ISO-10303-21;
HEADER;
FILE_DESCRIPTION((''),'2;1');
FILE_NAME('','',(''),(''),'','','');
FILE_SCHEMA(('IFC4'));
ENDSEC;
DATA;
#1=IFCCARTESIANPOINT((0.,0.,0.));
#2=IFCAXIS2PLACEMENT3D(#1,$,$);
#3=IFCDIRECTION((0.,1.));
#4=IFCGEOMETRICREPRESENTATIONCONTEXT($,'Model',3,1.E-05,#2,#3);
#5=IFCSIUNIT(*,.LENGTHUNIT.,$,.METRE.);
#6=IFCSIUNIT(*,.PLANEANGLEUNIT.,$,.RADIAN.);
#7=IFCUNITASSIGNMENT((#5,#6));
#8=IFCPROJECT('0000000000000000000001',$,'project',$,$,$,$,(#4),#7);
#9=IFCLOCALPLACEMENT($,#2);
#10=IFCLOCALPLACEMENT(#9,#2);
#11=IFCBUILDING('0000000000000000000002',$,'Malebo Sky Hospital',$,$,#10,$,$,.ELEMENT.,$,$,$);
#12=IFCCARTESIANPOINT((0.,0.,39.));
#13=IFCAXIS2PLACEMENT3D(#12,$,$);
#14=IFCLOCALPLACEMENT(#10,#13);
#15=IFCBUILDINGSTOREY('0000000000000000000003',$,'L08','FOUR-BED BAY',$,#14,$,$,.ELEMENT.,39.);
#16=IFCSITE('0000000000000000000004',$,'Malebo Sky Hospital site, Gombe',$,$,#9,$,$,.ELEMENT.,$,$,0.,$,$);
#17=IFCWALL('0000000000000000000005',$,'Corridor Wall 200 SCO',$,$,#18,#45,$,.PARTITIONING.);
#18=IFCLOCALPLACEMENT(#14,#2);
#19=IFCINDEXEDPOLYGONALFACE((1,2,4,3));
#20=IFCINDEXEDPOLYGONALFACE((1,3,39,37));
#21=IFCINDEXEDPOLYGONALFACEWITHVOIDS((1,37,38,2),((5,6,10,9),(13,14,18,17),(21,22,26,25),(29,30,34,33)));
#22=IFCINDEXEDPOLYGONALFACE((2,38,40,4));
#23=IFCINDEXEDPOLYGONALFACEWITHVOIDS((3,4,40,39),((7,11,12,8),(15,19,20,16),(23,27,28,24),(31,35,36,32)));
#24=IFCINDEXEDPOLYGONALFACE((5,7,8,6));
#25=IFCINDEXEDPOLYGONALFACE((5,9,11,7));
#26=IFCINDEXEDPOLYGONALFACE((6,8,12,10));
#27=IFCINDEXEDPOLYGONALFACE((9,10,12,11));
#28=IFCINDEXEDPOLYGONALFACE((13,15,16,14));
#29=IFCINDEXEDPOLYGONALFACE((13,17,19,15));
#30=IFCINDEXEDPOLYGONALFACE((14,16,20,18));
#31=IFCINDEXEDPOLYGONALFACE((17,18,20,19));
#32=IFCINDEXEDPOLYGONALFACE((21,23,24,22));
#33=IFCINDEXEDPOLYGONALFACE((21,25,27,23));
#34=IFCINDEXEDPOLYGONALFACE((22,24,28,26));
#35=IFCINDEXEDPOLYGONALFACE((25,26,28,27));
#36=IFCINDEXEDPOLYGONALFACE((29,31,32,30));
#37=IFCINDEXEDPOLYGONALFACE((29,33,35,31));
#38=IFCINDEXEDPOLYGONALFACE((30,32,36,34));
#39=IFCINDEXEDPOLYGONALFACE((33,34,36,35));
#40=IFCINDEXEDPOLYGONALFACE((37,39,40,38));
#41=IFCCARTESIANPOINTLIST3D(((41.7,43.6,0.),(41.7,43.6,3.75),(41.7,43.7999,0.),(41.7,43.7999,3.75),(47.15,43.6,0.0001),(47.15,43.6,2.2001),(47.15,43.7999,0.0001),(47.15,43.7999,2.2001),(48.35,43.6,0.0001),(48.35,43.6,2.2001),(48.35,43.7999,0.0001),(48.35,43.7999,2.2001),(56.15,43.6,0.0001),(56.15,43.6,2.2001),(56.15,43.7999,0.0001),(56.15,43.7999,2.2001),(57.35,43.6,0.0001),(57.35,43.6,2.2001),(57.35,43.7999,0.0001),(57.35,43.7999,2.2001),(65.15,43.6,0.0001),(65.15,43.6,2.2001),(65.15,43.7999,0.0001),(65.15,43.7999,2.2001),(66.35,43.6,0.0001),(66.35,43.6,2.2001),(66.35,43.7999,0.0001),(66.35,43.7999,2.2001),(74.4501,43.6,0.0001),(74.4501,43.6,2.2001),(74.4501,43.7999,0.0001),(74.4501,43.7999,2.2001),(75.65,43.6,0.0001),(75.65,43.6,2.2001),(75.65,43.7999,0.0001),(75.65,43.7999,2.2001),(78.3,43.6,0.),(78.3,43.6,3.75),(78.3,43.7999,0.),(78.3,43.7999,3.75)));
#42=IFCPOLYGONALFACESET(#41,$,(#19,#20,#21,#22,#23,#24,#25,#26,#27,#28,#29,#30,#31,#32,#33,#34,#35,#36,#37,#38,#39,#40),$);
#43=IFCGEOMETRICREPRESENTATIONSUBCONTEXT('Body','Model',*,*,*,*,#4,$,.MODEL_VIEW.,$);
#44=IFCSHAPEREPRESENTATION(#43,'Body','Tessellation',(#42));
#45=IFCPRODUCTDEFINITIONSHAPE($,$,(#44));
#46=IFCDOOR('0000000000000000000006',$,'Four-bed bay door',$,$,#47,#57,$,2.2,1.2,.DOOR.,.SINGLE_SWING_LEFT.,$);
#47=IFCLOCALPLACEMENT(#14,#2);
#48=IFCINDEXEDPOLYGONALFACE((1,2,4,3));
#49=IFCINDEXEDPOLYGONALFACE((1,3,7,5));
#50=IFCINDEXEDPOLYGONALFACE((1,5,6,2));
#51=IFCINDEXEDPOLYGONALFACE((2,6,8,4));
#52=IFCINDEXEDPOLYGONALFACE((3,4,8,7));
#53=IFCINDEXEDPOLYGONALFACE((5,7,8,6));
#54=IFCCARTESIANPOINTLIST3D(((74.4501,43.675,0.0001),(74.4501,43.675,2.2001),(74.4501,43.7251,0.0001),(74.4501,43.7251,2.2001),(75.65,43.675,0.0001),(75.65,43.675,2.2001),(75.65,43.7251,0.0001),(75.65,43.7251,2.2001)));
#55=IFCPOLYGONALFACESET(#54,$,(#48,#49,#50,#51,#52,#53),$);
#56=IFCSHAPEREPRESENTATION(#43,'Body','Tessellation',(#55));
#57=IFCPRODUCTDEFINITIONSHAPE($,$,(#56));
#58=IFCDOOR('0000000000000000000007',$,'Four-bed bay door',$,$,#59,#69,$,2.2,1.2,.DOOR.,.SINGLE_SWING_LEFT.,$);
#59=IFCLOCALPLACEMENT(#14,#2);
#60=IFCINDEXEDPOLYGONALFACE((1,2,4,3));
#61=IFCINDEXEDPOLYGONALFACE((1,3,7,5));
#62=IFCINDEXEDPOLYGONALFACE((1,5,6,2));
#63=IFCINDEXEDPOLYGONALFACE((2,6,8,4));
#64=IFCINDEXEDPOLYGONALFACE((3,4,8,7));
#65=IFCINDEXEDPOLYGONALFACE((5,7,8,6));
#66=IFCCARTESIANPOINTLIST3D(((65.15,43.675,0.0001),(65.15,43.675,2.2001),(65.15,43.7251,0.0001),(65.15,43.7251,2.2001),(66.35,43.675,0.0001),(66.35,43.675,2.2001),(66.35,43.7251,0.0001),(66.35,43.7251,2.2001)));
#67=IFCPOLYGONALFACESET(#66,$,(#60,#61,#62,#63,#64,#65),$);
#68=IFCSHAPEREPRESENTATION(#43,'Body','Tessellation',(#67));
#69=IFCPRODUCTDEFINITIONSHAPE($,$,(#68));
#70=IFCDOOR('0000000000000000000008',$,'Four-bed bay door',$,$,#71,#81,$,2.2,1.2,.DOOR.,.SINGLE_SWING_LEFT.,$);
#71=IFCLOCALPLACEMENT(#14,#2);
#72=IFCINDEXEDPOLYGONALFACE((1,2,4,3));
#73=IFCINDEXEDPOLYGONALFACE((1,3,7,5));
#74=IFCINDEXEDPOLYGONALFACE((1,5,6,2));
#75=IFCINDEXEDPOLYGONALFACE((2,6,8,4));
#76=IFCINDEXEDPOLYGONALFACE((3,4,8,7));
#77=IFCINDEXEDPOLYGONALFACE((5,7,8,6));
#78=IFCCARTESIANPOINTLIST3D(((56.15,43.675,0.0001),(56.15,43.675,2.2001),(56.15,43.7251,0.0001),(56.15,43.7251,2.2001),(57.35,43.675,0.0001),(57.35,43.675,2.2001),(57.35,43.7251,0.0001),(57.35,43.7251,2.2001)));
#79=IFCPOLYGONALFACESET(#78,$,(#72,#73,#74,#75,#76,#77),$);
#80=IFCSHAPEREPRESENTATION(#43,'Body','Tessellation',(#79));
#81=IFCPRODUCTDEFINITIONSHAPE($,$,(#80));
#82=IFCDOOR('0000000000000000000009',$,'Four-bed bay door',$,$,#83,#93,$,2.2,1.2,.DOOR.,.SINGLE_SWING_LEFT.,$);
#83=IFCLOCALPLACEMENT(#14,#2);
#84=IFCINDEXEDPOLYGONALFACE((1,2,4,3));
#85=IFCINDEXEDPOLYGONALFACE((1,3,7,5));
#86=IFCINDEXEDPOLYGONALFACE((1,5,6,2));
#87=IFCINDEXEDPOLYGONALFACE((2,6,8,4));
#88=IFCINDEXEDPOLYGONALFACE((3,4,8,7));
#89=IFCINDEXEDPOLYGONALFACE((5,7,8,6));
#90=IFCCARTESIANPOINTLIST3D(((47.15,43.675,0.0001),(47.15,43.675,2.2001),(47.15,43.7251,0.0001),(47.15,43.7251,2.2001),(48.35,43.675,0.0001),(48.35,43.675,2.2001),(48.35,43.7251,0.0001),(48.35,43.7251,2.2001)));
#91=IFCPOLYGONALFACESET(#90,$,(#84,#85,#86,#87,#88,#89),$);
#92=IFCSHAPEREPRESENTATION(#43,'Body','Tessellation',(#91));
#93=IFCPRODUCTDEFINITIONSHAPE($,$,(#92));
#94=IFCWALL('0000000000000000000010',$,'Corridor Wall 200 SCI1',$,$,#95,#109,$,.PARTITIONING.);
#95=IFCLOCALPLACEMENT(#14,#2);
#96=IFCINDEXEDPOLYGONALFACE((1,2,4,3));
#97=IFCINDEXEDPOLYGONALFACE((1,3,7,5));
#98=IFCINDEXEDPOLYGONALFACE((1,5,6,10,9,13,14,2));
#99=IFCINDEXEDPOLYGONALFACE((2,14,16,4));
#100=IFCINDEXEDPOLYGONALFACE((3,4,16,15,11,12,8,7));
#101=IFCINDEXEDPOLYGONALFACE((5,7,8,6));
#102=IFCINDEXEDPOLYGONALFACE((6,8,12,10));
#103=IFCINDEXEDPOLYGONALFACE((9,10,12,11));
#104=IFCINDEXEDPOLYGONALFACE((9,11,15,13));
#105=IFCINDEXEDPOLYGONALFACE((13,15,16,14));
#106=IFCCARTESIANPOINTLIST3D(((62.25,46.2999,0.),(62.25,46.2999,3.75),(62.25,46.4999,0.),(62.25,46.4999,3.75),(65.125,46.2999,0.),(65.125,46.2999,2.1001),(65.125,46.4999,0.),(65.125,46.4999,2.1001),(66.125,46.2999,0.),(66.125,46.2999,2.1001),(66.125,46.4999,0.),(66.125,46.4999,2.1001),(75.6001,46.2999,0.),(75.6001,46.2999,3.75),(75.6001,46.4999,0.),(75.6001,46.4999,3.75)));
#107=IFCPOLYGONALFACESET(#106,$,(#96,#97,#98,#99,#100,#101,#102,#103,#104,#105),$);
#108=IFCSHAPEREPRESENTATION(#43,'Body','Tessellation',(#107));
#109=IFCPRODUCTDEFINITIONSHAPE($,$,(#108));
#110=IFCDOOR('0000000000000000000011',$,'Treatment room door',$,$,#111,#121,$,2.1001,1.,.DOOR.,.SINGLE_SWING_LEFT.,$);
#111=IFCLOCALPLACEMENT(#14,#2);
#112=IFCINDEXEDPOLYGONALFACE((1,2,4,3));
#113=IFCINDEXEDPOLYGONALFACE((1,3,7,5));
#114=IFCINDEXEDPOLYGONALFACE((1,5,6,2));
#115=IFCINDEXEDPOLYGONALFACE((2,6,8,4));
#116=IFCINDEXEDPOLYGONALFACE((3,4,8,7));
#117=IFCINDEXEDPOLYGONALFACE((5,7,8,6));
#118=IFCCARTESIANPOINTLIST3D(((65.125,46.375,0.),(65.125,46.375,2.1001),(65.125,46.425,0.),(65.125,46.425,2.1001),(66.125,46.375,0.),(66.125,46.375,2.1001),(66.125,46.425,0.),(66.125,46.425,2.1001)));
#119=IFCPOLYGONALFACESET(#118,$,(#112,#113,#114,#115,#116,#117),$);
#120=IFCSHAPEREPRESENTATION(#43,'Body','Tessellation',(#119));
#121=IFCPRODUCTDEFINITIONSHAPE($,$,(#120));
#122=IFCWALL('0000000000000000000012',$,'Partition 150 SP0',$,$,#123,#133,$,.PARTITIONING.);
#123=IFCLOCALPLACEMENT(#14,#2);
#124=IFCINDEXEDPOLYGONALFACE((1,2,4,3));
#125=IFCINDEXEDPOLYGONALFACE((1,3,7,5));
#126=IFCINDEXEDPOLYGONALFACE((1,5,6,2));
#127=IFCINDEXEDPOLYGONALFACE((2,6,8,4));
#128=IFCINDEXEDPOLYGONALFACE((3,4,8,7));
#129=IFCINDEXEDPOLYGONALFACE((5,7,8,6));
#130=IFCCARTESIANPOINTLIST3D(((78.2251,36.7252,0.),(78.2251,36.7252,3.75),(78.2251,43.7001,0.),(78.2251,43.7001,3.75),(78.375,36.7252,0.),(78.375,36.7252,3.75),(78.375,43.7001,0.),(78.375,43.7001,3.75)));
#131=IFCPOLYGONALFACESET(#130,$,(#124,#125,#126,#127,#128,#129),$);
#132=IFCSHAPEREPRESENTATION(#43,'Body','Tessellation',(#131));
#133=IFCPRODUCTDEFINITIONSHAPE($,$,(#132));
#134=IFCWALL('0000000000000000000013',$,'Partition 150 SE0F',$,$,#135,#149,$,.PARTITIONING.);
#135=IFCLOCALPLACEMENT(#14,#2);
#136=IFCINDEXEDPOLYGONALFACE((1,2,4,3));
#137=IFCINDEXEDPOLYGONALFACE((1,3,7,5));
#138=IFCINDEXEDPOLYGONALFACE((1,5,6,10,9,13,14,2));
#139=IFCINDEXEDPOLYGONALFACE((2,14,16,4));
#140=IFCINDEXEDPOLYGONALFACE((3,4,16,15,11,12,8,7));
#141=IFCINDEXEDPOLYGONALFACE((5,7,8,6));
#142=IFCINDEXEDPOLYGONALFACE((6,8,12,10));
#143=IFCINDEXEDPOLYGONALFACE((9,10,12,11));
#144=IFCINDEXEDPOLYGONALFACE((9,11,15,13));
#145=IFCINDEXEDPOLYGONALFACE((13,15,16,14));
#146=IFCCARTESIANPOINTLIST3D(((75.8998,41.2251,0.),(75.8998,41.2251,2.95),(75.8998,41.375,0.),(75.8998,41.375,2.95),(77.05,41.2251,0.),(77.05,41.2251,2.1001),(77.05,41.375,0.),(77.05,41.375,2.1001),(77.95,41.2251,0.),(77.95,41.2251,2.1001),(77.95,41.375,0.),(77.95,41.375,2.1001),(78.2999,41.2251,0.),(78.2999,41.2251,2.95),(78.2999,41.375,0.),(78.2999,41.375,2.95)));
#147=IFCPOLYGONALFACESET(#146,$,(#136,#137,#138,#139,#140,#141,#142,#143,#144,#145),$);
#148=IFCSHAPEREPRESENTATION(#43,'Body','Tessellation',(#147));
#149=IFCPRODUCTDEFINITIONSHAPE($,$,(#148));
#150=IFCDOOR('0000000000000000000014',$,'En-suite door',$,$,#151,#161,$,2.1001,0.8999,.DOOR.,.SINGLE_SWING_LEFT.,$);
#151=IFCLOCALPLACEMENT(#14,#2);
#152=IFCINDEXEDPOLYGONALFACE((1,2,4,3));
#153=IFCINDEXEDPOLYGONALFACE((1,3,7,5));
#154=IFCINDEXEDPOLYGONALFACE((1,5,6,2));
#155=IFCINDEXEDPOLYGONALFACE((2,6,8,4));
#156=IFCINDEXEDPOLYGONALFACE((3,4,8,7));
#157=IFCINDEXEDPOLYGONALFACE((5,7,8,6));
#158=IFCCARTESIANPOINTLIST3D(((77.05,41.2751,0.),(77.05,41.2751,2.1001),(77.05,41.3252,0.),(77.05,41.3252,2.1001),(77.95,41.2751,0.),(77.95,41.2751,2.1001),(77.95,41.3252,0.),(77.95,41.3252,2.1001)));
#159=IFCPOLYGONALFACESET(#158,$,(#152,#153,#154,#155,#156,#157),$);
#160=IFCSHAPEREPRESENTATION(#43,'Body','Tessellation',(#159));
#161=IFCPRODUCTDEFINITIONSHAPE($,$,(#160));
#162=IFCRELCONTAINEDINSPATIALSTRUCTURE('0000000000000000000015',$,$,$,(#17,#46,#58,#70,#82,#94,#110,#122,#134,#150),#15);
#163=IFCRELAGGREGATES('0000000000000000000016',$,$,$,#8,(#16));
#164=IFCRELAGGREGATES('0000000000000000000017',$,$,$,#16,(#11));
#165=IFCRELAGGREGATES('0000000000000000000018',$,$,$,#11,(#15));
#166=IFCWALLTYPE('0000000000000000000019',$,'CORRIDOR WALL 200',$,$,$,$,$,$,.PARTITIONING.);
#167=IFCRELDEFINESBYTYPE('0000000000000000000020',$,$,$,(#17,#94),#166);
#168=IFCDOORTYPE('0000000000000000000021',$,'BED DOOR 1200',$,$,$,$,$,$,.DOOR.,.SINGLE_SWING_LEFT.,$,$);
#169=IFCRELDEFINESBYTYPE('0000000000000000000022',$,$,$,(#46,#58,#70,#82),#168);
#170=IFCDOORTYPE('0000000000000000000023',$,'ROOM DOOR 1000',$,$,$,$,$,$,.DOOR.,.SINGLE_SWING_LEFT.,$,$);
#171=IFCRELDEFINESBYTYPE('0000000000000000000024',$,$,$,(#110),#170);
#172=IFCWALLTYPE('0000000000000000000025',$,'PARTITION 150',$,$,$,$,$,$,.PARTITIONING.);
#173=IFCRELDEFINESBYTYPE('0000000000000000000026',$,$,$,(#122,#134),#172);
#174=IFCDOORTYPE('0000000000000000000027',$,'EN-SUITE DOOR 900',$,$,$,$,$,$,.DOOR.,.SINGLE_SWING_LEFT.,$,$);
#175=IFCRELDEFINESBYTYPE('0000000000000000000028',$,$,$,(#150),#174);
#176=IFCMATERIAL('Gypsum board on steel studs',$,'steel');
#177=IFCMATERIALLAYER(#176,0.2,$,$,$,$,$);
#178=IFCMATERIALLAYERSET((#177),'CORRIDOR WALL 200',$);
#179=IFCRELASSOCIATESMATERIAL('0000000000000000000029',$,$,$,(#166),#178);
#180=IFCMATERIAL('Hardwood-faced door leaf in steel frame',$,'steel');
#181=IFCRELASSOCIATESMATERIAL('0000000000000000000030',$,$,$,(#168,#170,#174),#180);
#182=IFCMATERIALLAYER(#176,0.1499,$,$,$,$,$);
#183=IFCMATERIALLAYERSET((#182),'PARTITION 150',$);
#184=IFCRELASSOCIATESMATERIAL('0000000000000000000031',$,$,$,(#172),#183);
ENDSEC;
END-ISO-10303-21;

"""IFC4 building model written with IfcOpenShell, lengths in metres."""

from ifc_helpers import new_model, si_unit, direction, frame, frame_2d, origin, place, context, subcontext, project, spatial, rectangle, extrude, material, layer, layer_set, type_object, element, fill, save


model = new_model("IFC4")

# Units and contexts
model_context = context("Model", 3, precision=1e-05, world=origin(), true_north=direction((0.0, 1.0)))
body_context = subcontext(model_context, "Body", "Model", "MODEL_VIEW")
ifc_project = project(units=[si_unit("LENGTHUNIT", "METRE"), si_unit("PLANEANGLEUNIT", "RADIAN")], contexts=[model_context])

# Site, building, storey
site_placement = place(None, origin())
site = spatial("IfcSite", under=ifc_project, at=site_placement, Name="Malebo Sky Hospital site, Gombe", CompositionType="ELEMENT", RefElevation=0.0)
building_placement = place(site_placement, origin())
building = spatial("IfcBuilding", under=site, at=building_placement, Name="Malebo Sky Hospital", CompositionType="ELEMENT")
storey_placement = place(building_placement, frame((0.0, 0.0, 39.0)))
storey = spatial("IfcBuildingStorey", under=building, at=storey_placement, Name="L08", Description="FOUR-BED BAY", CompositionType="ELEMENT", Elevation=39.0)

# Wall, openings, doors
ifc_material_1 = material(Name="Gypsum board on steel studs", Category="steel")
ifc_layer_1 = layer(ifc_material_1, 0.2)
ifc_layer_set_1 = layer_set([ifc_layer_1], Name="CORRIDOR WALL 200")
wall_type_1 = type_object("IfcWallType", Name="CORRIDOR WALL 200", PredefinedType="PARTITIONING", material=ifc_layer_set_1)
wall_1_placement = place(storey_placement, frame((78.3, 43.7, 0.0), z_axis=(0.0, 0.0, 1.0), x_axis=(-1.0, 0.0, 0.0)))
wall_1 = element("IfcWall", 1, at=wall_1_placement, inside=storey, type_object=wall_type_1, Name="Corridor Wall 200 SCO", PredefinedType="PARTITIONING", context=body_context, shape_type="SweptSolid", body=[
    extrude(rectangle(XDim=36.6001, YDim=0.2, at=frame_2d((18.3, 0.0))), origin(), (0.0, 0.0, 1.0), 3.75),
])
opening_1_placement = place(wall_1_placement, frame((2.6499, 0.0, 0.0)))
opening_1 = element("IfcOpeningElement", 2, at=opening_1_placement, cuts=wall_1, PredefinedType="OPENING", context=body_context, shape_type="SweptSolid", body=[
    extrude(rectangle(XDim=1.2, YDim=2.2, at=frame_2d((0.6001, 1.1001))), frame((0.0, 0.1099, 0.0), z_axis=(0.0, -1.0, 0.0), x_axis=(1.0, 0.0, 0.0)), (0.0, 0.0, 1.0), 0.22),
])
opening_2_placement = place(wall_1_placement, frame((11.95, 0.0, 0.0)))
opening_2 = element("IfcOpeningElement", 3, at=opening_2_placement, cuts=wall_1, PredefinedType="OPENING", context=body_context, shape_type="SweptSolid", body=[
    extrude(rectangle(XDim=1.2, YDim=2.2, at=frame_2d((0.6001, 1.1001))), frame((0.0, 0.1099, 0.0), z_axis=(0.0, -1.0, 0.0), x_axis=(1.0, 0.0, 0.0)), (0.0, 0.0, 1.0), 0.22),
])
opening_3_placement = place(wall_1_placement, frame((20.95, 0.0, 0.0)))
opening_3 = element("IfcOpeningElement", 4, at=opening_3_placement, cuts=wall_1, PredefinedType="OPENING", context=body_context, shape_type="SweptSolid", body=[
    extrude(rectangle(XDim=1.2, YDim=2.2, at=frame_2d((0.6001, 1.1001))), frame((0.0, 0.1099, 0.0), z_axis=(0.0, -1.0, 0.0), x_axis=(1.0, 0.0, 0.0)), (0.0, 0.0, 1.0), 0.22),
])
opening_4_placement = place(wall_1_placement, frame((29.95, 0.0, 0.0)))
opening_4 = element("IfcOpeningElement", 5, at=opening_4_placement, cuts=wall_1, PredefinedType="OPENING", context=body_context, shape_type="SweptSolid", body=[
    extrude(rectangle(XDim=1.2, YDim=2.2, at=frame_2d((0.6001, 1.1001))), frame((0.0, 0.1099, 0.0), z_axis=(0.0, -1.0, 0.0), x_axis=(1.0, 0.0, 0.0)), (0.0, 0.0, 1.0), 0.22),
])
ifc_material_2 = material(Name="Hardwood-faced door leaf in steel frame", Category="steel")
door_type_1 = type_object("IfcDoorType", Name="BED DOOR 1200", OperationType="SINGLE_SWING_LEFT", PredefinedType="DOOR", material=ifc_material_2)
door_1_placement = place(opening_1_placement, origin())
door_1 = element("IfcDoor", 6, at=door_1_placement, inside=storey, type_object=door_type_1, Name="Four-bed bay door", OperationType="SINGLE_SWING_LEFT", OverallHeight=2.2, OverallWidth=1.2, PredefinedType="DOOR", context=body_context, shape_type="SweptSolid", body=[
    extrude(rectangle(XDim=1.2, YDim=2.2, at=frame_2d((0.6001, 1.1001))), frame((0.0, 0.0249, 0.0), z_axis=(0.0, -1.0, 0.0), x_axis=(1.0, 0.0, 0.0)), (0.0, 0.0, 1.0), 0.05),
])
fill(opening_1, door_1)
door_2_placement = place(opening_2_placement, origin())
door_2 = element("IfcDoor", 7, at=door_2_placement, inside=storey, type_object=door_type_1, Name="Four-bed bay door", OperationType="SINGLE_SWING_LEFT", OverallHeight=2.2, OverallWidth=1.2, PredefinedType="DOOR", context=body_context, shape_type="SweptSolid", body=[
    extrude(rectangle(XDim=1.2, YDim=2.2, at=frame_2d((0.6001, 1.1001))), frame((0.0, 0.0249, 0.0), z_axis=(0.0, -1.0, 0.0), x_axis=(1.0, 0.0, 0.0)), (0.0, 0.0, 1.0), 0.05),
])
fill(opening_2, door_2)
door_3_placement = place(opening_3_placement, origin())
door_3 = element("IfcDoor", 8, at=door_3_placement, inside=storey, type_object=door_type_1, Name="Four-bed bay door", OperationType="SINGLE_SWING_LEFT", OverallHeight=2.2, OverallWidth=1.2, PredefinedType="DOOR", context=body_context, shape_type="SweptSolid", body=[
    extrude(rectangle(XDim=1.2, YDim=2.2, at=frame_2d((0.6001, 1.1001))), frame((0.0, 0.0249, 0.0), z_axis=(0.0, -1.0, 0.0), x_axis=(1.0, 0.0, 0.0)), (0.0, 0.0, 1.0), 0.05),
])
fill(opening_3, door_3)
door_4_placement = place(opening_4_placement, origin())
door_4 = element("IfcDoor", 9, at=door_4_placement, inside=storey, type_object=door_type_1, Name="Four-bed bay door", OperationType="SINGLE_SWING_LEFT", OverallHeight=2.2, OverallWidth=1.2, PredefinedType="DOOR", context=body_context, shape_type="SweptSolid", body=[
    extrude(rectangle(XDim=1.2, YDim=2.2, at=frame_2d((0.6001, 1.1001))), frame((0.0, 0.0249, 0.0), z_axis=(0.0, -1.0, 0.0), x_axis=(1.0, 0.0, 0.0)), (0.0, 0.0, 1.0), 0.05),
])
fill(opening_4, door_4)

# Wall, opening, door
wall_2_placement = place(storey_placement, frame((75.6001, 46.3999, 0.0), z_axis=(0.0, 0.0, 1.0), x_axis=(-1.0, 0.0, 0.0)))
wall_2 = element("IfcWall", 10, at=wall_2_placement, inside=storey, type_object=wall_type_1, Name="Corridor Wall 200 SCI1", PredefinedType="PARTITIONING", context=body_context, shape_type="SweptSolid", body=[
    extrude(rectangle(XDim=13.3501, YDim=0.2, at=frame_2d((6.675, 0.0))), origin(), (0.0, 0.0, 1.0), 3.75),
])
opening_5_placement = place(wall_2_placement, frame((9.4751, 0.0, 0.0)))
opening_5 = element("IfcOpeningElement", 11, at=opening_5_placement, cuts=wall_2, PredefinedType="OPENING", context=body_context, shape_type="SweptSolid", body=[
    extrude(rectangle(XDim=1.0, YDim=2.1001, at=frame_2d((0.5, 1.05))), frame((0.0, 0.1099, 0.0), z_axis=(0.0, -1.0, 0.0), x_axis=(1.0, 0.0, 0.0)), (0.0, 0.0, 1.0), 0.22),
])
door_type_2 = type_object("IfcDoorType", Name="ROOM DOOR 1000", OperationType="SINGLE_SWING_LEFT", PredefinedType="DOOR", material=ifc_material_2)
door_5_placement = place(opening_5_placement, origin())
door_5 = element("IfcDoor", 12, at=door_5_placement, inside=storey, type_object=door_type_2, Name="Treatment room door", OperationType="SINGLE_SWING_LEFT", OverallHeight=2.1001, OverallWidth=1.0, PredefinedType="DOOR", context=body_context, shape_type="SweptSolid", body=[
    extrude(rectangle(XDim=1.0, YDim=2.1001, at=frame_2d((0.5, 1.05))), frame((0.0, 0.0249, 0.0), z_axis=(0.0, -1.0, 0.0), x_axis=(1.0, 0.0, 0.0)), (0.0, 0.0, 1.0), 0.05),
])
fill(opening_5, door_5)

# Wall
ifc_layer_2 = layer(ifc_material_1, 0.1499)
ifc_layer_set_2 = layer_set([ifc_layer_2], Name="PARTITION 150")
wall_type_2 = type_object("IfcWallType", Name="PARTITION 150", PredefinedType="PARTITIONING", material=ifc_layer_set_2)
wall_3_placement = place(storey_placement, frame((78.3, 43.7, 0.0), z_axis=(0.0, 0.0, 1.0), x_axis=(0.0, -1.0, 0.0)))
element("IfcWall", 13, at=wall_3_placement, inside=storey, type_object=wall_type_2, Name="Partition 150 SP0", PredefinedType="PARTITIONING", context=body_context, shape_type="SweptSolid", body=[
    extrude(rectangle(XDim=6.9749, YDim=0.1499, at=frame_2d((3.4873, 0.0))), origin(), (0.0, 0.0, 1.0), 3.75),
])

# Wall, opening, door
wall_4_placement = place(storey_placement, frame((78.3, 41.3, 0.0), z_axis=(0.0, 0.0, 1.0), x_axis=(-1.0, 0.0, 0.0)))
wall_4 = element("IfcWall", 14, at=wall_4_placement, inside=storey, type_object=wall_type_2, Name="Partition 150 SE0F", PredefinedType="PARTITIONING", context=body_context, shape_type="SweptSolid", body=[
    extrude(rectangle(XDim=2.4001, YDim=0.1499, at=frame_2d((1.2002, 0.0))), origin(), (0.0, 0.0, 1.0), 2.95),
])
opening_6_placement = place(wall_4_placement, frame((0.3501, 0.0, 0.0)))
opening_6 = element("IfcOpeningElement", 15, at=opening_6_placement, cuts=wall_4, PredefinedType="OPENING", context=body_context, shape_type="SweptSolid", body=[
    extrude(rectangle(XDim=0.8999, YDim=2.1001, at=frame_2d((0.45, 1.05))), frame((0.0, 0.085, 0.0), z_axis=(0.0, -1.0, 0.0), x_axis=(1.0, 0.0, 0.0)), (0.0, 0.0, 1.0), 0.1699),
])
door_type_3 = type_object("IfcDoorType", Name="EN-SUITE DOOR 900", OperationType="SINGLE_SWING_LEFT", PredefinedType="DOOR", material=ifc_material_2)
door_6_placement = place(opening_6_placement, origin())
door_6 = element("IfcDoor", 16, at=door_6_placement, inside=storey, type_object=door_type_3, Name="En-suite door", OperationType="SINGLE_SWING_LEFT", OverallHeight=2.1001, OverallWidth=0.8999, PredefinedType="DOOR", context=body_context, shape_type="SweptSolid", body=[
    extrude(rectangle(XDim=0.8999, YDim=2.1001, at=frame_2d((0.45, 1.05))), frame((0.0, 0.0249, 0.0), z_axis=(0.0, -1.0, 0.0), x_axis=(1.0, 0.0, 0.0)), (0.0, 0.0, 1.0), 0.05),
])
fill(opening_6, door_6)

save(model, "model.ifc")
